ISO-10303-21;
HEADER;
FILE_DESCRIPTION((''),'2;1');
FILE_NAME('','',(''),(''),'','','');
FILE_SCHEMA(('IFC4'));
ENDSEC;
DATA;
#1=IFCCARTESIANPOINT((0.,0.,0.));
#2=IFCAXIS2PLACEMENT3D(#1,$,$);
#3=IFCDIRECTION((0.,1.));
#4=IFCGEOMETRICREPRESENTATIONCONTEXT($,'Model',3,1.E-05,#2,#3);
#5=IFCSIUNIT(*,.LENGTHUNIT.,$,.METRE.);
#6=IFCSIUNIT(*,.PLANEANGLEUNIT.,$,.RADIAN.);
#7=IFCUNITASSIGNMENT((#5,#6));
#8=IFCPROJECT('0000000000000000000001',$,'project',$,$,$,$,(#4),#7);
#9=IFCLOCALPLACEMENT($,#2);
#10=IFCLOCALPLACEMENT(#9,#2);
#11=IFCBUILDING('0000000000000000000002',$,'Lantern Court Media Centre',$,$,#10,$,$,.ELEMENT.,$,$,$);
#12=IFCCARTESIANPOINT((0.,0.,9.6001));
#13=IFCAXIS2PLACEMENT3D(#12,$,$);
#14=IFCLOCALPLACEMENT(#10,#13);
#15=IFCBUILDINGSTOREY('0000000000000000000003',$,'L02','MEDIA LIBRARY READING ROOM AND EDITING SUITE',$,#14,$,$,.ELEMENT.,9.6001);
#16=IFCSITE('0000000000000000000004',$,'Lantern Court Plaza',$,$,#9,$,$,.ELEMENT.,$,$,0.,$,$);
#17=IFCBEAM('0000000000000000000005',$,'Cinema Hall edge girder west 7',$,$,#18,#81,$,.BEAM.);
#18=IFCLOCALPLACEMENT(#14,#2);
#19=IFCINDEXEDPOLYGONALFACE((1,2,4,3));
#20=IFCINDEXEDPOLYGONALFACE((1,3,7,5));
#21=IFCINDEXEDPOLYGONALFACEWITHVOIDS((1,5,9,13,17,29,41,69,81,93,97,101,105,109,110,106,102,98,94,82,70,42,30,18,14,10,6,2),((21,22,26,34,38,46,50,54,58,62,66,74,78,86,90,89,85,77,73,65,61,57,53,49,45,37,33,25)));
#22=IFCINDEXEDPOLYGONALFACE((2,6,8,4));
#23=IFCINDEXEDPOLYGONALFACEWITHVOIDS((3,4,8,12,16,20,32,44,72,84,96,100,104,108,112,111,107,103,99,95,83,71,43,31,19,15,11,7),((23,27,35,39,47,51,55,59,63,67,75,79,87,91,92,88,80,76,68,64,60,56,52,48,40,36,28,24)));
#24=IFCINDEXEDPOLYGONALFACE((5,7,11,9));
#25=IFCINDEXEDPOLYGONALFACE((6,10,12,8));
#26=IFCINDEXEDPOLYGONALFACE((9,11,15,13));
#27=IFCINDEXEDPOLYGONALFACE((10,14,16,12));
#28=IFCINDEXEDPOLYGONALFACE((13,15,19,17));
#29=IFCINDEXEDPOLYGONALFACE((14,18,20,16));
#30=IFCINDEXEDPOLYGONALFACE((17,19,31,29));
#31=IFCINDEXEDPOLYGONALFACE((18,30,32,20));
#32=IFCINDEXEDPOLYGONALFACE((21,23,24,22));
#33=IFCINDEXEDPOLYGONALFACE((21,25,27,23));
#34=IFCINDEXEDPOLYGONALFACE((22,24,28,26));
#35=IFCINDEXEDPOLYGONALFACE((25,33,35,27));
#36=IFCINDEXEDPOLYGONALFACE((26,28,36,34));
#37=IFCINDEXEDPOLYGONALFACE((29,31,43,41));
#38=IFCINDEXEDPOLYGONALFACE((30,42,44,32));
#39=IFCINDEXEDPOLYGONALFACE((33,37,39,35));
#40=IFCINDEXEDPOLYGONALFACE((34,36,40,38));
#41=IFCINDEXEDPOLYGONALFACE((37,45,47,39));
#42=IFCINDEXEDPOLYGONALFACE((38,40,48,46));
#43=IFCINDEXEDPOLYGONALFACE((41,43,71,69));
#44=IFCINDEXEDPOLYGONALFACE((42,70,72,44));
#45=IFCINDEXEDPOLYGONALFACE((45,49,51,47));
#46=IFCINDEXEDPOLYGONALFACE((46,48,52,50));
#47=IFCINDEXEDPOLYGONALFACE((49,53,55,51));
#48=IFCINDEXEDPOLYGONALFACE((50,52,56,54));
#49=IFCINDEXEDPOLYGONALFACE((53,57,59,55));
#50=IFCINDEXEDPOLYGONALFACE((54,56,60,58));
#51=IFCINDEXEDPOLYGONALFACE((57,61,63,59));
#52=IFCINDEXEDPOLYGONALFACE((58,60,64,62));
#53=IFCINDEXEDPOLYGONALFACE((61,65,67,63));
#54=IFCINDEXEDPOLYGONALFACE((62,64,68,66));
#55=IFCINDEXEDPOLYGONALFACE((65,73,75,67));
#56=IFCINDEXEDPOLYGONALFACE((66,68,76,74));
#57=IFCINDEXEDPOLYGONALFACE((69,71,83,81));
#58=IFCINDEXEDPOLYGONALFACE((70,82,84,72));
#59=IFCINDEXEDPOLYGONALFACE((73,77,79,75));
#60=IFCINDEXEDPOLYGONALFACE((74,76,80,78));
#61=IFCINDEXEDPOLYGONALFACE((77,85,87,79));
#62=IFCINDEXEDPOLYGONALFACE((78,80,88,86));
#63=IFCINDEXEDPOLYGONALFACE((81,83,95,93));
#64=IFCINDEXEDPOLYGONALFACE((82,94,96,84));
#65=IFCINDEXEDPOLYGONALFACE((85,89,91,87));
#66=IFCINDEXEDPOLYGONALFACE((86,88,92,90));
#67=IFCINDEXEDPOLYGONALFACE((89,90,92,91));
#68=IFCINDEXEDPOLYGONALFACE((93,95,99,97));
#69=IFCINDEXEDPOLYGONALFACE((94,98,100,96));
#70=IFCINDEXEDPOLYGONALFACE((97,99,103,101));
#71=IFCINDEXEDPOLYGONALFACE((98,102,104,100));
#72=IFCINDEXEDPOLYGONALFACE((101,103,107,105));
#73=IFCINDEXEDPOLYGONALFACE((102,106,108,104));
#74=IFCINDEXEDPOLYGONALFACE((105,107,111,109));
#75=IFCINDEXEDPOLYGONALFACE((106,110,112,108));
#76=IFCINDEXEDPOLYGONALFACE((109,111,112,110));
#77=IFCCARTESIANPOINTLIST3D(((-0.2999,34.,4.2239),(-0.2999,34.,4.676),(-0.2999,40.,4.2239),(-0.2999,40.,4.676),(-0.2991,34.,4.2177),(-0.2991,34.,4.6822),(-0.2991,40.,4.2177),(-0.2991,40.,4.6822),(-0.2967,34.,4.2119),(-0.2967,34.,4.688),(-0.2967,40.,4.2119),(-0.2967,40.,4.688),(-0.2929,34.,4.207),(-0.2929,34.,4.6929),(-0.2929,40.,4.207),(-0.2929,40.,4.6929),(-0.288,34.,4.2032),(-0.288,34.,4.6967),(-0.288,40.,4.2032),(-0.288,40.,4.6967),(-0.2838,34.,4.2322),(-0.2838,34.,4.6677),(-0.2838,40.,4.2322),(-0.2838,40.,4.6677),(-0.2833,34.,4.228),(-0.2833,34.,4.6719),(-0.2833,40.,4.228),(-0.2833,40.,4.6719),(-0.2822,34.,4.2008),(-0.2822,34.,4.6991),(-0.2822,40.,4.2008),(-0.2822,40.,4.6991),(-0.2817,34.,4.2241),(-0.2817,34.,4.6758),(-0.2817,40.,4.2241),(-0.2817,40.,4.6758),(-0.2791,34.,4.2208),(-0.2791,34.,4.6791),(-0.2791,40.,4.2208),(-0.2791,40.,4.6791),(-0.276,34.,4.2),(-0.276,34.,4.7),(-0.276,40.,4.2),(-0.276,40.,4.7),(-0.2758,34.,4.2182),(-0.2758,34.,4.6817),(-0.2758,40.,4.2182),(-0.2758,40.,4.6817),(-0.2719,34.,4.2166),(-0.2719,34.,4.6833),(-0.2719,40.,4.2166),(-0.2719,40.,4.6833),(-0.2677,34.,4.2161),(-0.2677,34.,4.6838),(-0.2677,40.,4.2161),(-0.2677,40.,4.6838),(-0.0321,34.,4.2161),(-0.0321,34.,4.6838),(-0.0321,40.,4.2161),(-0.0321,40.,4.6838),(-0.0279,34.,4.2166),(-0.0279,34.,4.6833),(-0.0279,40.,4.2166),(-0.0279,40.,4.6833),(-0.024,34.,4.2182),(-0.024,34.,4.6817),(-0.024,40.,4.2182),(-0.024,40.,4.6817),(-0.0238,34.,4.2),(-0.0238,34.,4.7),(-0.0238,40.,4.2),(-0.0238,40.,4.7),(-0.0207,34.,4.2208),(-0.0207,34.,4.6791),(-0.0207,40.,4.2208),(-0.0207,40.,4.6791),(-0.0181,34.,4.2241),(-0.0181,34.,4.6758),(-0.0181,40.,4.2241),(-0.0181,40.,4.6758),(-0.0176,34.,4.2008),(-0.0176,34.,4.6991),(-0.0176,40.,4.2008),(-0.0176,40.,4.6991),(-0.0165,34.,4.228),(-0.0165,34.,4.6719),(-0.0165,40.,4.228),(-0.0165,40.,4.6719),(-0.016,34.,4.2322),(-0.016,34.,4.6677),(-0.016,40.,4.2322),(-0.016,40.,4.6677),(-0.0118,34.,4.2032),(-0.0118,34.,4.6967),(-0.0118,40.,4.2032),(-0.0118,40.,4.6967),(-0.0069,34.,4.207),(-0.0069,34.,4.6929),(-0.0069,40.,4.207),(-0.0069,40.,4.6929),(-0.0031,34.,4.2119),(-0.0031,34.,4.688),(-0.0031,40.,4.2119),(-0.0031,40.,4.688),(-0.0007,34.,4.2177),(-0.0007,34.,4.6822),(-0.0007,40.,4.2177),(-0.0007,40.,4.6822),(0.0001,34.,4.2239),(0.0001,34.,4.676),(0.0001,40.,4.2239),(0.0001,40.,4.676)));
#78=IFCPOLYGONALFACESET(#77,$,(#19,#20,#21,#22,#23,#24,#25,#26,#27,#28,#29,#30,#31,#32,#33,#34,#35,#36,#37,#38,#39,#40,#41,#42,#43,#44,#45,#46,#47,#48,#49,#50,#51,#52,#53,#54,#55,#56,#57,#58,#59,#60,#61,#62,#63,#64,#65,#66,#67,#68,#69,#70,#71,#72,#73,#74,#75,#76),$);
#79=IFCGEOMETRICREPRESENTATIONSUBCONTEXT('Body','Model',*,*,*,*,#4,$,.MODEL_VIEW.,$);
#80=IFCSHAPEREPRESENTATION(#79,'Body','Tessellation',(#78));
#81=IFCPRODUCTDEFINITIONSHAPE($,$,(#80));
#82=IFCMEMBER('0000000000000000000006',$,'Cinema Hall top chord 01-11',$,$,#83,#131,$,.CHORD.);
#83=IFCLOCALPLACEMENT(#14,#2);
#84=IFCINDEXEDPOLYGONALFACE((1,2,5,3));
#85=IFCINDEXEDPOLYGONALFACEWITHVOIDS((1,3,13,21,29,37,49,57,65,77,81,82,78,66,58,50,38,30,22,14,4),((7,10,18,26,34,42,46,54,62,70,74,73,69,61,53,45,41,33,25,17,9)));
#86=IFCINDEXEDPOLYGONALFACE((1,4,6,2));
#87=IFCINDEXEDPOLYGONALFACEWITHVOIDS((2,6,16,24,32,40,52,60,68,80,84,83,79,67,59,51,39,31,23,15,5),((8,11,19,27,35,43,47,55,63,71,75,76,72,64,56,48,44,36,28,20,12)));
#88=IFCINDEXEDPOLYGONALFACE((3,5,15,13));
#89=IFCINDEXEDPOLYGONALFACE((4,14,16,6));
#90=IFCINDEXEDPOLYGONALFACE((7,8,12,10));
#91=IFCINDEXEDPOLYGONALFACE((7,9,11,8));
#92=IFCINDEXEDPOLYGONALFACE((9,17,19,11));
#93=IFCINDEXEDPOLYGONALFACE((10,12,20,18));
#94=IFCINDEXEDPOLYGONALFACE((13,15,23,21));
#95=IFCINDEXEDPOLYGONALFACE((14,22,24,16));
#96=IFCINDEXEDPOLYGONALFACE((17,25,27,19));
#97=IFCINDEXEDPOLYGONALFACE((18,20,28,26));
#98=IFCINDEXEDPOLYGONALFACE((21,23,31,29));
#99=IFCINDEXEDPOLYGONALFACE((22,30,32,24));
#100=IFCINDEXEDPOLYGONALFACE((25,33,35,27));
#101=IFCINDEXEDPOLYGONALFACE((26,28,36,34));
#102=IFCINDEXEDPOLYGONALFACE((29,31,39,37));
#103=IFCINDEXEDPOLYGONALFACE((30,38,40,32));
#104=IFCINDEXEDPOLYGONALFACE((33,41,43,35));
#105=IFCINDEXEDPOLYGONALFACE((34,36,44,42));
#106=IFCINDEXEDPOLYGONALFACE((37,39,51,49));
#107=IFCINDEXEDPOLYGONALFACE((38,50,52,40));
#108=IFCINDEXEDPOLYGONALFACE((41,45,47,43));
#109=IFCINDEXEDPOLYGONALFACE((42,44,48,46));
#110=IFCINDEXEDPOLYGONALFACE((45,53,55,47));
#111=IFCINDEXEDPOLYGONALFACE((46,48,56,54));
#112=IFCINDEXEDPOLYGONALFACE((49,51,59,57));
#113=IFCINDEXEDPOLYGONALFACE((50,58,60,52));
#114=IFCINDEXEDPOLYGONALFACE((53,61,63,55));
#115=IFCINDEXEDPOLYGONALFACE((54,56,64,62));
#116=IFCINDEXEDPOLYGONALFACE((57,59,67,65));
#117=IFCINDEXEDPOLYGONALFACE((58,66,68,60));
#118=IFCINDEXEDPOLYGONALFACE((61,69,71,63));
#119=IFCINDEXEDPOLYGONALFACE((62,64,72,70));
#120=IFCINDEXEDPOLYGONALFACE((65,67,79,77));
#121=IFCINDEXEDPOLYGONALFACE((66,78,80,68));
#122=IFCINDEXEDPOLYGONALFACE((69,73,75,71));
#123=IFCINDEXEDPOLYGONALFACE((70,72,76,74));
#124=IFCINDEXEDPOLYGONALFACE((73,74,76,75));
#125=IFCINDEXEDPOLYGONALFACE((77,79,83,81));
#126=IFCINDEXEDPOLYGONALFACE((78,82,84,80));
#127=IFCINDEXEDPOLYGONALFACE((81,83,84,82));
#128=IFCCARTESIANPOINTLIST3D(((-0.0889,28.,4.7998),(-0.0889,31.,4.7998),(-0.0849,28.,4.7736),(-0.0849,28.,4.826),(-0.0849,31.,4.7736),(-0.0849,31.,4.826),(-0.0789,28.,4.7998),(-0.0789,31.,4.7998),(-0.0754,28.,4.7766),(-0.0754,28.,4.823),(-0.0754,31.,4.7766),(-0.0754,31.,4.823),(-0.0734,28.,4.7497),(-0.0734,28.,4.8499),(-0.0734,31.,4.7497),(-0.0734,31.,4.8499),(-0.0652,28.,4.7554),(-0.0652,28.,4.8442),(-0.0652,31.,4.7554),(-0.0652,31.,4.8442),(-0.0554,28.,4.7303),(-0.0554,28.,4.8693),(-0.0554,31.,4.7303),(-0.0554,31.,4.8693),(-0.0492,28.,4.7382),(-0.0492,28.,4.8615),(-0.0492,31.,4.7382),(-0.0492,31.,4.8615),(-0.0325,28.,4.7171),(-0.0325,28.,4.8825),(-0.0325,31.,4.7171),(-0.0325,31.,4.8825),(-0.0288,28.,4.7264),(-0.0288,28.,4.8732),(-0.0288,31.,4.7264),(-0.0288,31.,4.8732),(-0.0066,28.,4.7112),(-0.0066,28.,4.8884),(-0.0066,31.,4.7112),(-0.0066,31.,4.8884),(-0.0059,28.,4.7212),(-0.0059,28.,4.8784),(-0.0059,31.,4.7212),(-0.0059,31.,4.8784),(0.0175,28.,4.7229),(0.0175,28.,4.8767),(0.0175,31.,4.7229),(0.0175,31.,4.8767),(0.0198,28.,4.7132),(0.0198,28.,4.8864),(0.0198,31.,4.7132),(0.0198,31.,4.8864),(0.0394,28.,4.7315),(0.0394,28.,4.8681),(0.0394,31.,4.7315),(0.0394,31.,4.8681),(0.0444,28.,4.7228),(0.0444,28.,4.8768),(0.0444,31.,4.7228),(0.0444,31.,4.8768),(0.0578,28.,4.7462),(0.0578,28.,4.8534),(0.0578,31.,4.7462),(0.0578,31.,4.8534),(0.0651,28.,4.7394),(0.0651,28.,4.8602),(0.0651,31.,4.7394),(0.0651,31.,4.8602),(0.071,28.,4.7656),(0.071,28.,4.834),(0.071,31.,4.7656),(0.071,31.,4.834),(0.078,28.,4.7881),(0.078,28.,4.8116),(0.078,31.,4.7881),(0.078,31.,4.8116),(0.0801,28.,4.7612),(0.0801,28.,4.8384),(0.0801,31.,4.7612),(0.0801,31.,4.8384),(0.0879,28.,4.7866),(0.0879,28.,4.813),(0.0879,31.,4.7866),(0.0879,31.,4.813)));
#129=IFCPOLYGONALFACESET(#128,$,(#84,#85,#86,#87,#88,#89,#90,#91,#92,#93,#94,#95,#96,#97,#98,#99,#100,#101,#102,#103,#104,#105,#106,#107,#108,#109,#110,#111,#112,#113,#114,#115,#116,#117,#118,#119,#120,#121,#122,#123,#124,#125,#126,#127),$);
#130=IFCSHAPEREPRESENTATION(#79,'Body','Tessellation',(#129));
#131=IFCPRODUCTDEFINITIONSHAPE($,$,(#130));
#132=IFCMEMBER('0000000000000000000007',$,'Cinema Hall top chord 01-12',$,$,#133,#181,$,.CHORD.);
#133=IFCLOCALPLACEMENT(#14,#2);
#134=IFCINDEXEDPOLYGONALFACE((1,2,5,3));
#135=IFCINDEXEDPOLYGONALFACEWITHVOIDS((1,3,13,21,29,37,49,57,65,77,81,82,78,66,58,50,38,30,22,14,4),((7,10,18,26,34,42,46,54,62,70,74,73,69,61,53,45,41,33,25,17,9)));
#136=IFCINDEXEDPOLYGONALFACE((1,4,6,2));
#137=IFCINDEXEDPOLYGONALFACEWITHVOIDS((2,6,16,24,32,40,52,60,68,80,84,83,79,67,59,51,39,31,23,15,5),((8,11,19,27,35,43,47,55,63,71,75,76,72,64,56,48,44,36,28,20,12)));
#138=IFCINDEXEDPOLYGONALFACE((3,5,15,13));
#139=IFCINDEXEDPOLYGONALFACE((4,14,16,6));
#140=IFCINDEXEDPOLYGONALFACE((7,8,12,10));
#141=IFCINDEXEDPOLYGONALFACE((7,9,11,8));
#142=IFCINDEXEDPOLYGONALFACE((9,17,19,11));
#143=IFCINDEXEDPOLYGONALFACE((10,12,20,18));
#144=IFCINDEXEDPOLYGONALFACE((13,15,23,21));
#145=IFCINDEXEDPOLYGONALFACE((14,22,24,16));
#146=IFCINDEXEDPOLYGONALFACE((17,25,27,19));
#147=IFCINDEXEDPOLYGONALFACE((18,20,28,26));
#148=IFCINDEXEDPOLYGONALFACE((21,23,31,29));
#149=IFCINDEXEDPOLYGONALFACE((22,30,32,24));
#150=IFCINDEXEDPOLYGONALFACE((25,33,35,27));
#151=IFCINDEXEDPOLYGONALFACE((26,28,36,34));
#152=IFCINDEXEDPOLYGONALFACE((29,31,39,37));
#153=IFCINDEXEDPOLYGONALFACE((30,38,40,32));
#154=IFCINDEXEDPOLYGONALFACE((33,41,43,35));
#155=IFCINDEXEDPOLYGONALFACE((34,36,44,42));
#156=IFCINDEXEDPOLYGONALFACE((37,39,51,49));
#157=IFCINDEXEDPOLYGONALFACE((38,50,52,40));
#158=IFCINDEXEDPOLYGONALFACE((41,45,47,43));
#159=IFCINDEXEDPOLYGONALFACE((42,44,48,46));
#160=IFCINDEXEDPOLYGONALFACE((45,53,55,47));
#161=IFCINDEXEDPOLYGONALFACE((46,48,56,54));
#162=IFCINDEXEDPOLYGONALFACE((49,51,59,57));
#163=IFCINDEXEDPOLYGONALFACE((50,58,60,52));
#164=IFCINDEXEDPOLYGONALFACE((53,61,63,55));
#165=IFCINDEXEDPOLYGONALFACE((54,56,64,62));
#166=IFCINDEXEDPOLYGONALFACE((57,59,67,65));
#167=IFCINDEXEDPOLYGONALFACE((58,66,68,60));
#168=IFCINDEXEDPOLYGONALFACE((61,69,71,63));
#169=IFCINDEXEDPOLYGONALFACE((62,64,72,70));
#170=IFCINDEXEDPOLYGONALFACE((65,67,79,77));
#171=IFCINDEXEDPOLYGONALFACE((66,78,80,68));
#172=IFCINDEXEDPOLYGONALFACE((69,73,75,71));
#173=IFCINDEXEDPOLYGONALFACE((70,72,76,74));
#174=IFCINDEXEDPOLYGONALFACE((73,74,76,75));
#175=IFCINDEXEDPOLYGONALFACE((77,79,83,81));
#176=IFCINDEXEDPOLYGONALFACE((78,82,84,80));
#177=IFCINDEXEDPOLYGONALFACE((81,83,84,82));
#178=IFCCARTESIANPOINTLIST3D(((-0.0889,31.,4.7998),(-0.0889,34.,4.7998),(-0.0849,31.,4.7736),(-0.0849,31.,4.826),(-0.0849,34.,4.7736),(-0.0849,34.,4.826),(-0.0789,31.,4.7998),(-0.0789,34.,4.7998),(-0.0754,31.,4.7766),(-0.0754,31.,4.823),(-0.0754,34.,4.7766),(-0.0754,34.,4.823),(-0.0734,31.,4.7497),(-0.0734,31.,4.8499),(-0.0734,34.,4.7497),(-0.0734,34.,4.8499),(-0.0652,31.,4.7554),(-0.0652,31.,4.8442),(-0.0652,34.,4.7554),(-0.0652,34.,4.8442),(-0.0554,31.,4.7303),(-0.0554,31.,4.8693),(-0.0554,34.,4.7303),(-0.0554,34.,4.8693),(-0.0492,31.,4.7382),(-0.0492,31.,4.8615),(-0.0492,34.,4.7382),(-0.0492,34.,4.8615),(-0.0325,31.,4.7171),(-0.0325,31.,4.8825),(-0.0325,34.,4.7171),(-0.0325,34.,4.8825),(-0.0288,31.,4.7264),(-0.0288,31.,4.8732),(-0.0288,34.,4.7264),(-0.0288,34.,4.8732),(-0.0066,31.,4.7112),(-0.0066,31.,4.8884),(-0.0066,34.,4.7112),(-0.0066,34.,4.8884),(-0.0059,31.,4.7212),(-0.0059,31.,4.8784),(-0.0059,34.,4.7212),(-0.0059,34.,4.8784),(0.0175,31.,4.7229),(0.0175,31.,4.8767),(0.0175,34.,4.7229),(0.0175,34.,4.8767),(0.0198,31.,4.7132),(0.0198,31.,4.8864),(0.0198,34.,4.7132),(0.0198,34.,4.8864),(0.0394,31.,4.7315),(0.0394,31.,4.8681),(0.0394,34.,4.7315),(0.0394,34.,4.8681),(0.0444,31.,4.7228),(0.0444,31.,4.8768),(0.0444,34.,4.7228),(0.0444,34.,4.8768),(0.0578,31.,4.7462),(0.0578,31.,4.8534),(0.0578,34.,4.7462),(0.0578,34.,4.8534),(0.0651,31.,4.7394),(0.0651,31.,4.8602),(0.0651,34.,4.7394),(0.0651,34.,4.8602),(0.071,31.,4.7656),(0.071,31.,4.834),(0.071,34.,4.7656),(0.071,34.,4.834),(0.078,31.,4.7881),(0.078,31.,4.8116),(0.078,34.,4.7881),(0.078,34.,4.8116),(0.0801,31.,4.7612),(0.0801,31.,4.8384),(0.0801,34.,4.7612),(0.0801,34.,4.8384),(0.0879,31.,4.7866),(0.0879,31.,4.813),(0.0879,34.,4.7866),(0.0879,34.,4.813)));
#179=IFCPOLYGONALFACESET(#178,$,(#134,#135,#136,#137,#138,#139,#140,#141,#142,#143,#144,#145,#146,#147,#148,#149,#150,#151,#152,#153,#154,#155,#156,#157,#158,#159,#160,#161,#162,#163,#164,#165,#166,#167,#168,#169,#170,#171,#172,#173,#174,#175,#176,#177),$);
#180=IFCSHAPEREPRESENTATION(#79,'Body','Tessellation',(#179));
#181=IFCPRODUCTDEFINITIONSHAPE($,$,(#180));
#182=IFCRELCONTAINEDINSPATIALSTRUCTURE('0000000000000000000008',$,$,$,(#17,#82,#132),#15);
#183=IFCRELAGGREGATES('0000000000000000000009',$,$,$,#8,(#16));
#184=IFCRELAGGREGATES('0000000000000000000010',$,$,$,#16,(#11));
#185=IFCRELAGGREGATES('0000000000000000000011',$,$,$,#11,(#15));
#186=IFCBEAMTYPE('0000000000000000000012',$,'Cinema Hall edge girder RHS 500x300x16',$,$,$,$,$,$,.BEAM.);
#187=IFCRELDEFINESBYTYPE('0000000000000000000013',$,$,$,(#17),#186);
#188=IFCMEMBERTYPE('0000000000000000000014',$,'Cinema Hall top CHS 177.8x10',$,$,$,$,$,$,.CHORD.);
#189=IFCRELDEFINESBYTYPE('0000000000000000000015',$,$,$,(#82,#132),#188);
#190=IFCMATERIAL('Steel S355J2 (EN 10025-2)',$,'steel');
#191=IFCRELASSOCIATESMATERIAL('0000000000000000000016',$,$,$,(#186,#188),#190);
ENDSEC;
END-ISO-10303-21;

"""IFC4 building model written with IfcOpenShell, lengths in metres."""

from ifc_helpers import new_model, si_unit, direction, frame, origin, origin_2d, place, context, subcontext, project, spatial, hollow_rectangle, hollow_circle, extrude, material, material_profile, profile_set, type_object, element, save


model = new_model("IFC4")

# Units and contexts
model_context = context("Model", 3, precision=1e-05, world=origin(), true_north=direction((0.0, 1.0)))
body_context = subcontext(model_context, "Body", "Model", "MODEL_VIEW")
ifc_project = project(units=[si_unit("LENGTHUNIT", "METRE"), si_unit("PLANEANGLEUNIT", "RADIAN")], contexts=[model_context])

# Site, building, storey
site_placement = place(None, origin())
site = spatial("IfcSite", under=ifc_project, at=site_placement, Name="Lantern Court Plaza", CompositionType="ELEMENT", RefElevation=0.0)
building_placement = place(site_placement, origin())
building = spatial("IfcBuilding", under=site, at=building_placement, Name="Lantern Court Media Centre", CompositionType="ELEMENT")
storey_placement = place(building_placement, frame((0.0, 0.0, 9.6001)))
storey = spatial("IfcBuildingStorey", under=building, at=storey_placement, Name="L02", Description="MEDIA LIBRARY READING ROOM AND EDITING SUITE", CompositionType="ELEMENT", Elevation=9.6001)

# Shared definitions
ifc_material = material(Name="Steel S355J2 (EN 10025-2)", Category="steel")

# Beam
ifc_material_profile_1 = material_profile(ifc_material, hollow_rectangle(XDim=0.3, YDim=0.5, WallThickness=0.0161, InnerFilletRadius=0.0161, OuterFilletRadius=0.0239, at=origin_2d()), Name="Cinema Hall edge girder RHS 500x300x16")
ifc_profile_set_1 = profile_set([ifc_material_profile_1], Name="Steel S355J2 (EN 10025-2)")
beam_type = type_object("IfcBeamType", Name="Cinema Hall edge girder RHS 500x300x16", PredefinedType="BEAM", material=ifc_profile_set_1)
for number, where, z_axis, x_axis, name in (
    (1, (-0.1499, 34.0, 4.45), (0.0, 1.0, 0.0), (-1.0, 0.0, 0.0), "Cinema Hall edge girder west 7"),
):
    element("IfcBeam", number, at=place(storey_placement, frame(where, z_axis=z_axis, x_axis=x_axis)), inside=storey, type_object=beam_type, Name=name, PredefinedType="BEAM", context=body_context, shape_type="SweptSolid", body=[
        extrude(hollow_rectangle(XDim=0.3, YDim=0.5, WallThickness=0.0161, InnerFilletRadius=0.0161, OuterFilletRadius=0.0239, at=origin_2d()), origin(), (0.0, 0.0, 1.0), 6.0),
    ])

# Members
ifc_material_profile_2 = material_profile(ifc_material, hollow_circle(Radius=0.0889, WallThickness=0.01, at=origin_2d()), Name="Cinema Hall top CHS 177.8x10")
ifc_profile_set_2 = profile_set([ifc_material_profile_2], Name="Steel S355J2 (EN 10025-2)")
member_type_1 = type_object("IfcMemberType", Name="Cinema Hall top CHS 177.8x10", PredefinedType="CHORD", material=ifc_profile_set_2)
for number, where, z_axis, x_axis, name in (
    (2, (0.0, 28.0, 4.7998), (0.0, 1.0, 0.0), (-1.0, 0.0, 0.0), "Cinema Hall top chord 01-11"),
    (3, (0.0, 31.0, 4.7998), (0.0, 1.0, 0.0), (-1.0, 0.0, 0.0), "Cinema Hall top chord 01-12"),
):
    element("IfcMember", number, at=place(storey_placement, frame(where, z_axis=z_axis, x_axis=x_axis)), inside=storey, type_object=member_type_1, Name=name, PredefinedType="CHORD", context=body_context, shape_type="SweptSolid", body=[
        extrude(hollow_circle(Radius=0.0889, WallThickness=0.01, at=origin_2d()), origin(), (0.0, 0.0, 1.0), 3.0),
    ])

save(model, "model.ifc")
